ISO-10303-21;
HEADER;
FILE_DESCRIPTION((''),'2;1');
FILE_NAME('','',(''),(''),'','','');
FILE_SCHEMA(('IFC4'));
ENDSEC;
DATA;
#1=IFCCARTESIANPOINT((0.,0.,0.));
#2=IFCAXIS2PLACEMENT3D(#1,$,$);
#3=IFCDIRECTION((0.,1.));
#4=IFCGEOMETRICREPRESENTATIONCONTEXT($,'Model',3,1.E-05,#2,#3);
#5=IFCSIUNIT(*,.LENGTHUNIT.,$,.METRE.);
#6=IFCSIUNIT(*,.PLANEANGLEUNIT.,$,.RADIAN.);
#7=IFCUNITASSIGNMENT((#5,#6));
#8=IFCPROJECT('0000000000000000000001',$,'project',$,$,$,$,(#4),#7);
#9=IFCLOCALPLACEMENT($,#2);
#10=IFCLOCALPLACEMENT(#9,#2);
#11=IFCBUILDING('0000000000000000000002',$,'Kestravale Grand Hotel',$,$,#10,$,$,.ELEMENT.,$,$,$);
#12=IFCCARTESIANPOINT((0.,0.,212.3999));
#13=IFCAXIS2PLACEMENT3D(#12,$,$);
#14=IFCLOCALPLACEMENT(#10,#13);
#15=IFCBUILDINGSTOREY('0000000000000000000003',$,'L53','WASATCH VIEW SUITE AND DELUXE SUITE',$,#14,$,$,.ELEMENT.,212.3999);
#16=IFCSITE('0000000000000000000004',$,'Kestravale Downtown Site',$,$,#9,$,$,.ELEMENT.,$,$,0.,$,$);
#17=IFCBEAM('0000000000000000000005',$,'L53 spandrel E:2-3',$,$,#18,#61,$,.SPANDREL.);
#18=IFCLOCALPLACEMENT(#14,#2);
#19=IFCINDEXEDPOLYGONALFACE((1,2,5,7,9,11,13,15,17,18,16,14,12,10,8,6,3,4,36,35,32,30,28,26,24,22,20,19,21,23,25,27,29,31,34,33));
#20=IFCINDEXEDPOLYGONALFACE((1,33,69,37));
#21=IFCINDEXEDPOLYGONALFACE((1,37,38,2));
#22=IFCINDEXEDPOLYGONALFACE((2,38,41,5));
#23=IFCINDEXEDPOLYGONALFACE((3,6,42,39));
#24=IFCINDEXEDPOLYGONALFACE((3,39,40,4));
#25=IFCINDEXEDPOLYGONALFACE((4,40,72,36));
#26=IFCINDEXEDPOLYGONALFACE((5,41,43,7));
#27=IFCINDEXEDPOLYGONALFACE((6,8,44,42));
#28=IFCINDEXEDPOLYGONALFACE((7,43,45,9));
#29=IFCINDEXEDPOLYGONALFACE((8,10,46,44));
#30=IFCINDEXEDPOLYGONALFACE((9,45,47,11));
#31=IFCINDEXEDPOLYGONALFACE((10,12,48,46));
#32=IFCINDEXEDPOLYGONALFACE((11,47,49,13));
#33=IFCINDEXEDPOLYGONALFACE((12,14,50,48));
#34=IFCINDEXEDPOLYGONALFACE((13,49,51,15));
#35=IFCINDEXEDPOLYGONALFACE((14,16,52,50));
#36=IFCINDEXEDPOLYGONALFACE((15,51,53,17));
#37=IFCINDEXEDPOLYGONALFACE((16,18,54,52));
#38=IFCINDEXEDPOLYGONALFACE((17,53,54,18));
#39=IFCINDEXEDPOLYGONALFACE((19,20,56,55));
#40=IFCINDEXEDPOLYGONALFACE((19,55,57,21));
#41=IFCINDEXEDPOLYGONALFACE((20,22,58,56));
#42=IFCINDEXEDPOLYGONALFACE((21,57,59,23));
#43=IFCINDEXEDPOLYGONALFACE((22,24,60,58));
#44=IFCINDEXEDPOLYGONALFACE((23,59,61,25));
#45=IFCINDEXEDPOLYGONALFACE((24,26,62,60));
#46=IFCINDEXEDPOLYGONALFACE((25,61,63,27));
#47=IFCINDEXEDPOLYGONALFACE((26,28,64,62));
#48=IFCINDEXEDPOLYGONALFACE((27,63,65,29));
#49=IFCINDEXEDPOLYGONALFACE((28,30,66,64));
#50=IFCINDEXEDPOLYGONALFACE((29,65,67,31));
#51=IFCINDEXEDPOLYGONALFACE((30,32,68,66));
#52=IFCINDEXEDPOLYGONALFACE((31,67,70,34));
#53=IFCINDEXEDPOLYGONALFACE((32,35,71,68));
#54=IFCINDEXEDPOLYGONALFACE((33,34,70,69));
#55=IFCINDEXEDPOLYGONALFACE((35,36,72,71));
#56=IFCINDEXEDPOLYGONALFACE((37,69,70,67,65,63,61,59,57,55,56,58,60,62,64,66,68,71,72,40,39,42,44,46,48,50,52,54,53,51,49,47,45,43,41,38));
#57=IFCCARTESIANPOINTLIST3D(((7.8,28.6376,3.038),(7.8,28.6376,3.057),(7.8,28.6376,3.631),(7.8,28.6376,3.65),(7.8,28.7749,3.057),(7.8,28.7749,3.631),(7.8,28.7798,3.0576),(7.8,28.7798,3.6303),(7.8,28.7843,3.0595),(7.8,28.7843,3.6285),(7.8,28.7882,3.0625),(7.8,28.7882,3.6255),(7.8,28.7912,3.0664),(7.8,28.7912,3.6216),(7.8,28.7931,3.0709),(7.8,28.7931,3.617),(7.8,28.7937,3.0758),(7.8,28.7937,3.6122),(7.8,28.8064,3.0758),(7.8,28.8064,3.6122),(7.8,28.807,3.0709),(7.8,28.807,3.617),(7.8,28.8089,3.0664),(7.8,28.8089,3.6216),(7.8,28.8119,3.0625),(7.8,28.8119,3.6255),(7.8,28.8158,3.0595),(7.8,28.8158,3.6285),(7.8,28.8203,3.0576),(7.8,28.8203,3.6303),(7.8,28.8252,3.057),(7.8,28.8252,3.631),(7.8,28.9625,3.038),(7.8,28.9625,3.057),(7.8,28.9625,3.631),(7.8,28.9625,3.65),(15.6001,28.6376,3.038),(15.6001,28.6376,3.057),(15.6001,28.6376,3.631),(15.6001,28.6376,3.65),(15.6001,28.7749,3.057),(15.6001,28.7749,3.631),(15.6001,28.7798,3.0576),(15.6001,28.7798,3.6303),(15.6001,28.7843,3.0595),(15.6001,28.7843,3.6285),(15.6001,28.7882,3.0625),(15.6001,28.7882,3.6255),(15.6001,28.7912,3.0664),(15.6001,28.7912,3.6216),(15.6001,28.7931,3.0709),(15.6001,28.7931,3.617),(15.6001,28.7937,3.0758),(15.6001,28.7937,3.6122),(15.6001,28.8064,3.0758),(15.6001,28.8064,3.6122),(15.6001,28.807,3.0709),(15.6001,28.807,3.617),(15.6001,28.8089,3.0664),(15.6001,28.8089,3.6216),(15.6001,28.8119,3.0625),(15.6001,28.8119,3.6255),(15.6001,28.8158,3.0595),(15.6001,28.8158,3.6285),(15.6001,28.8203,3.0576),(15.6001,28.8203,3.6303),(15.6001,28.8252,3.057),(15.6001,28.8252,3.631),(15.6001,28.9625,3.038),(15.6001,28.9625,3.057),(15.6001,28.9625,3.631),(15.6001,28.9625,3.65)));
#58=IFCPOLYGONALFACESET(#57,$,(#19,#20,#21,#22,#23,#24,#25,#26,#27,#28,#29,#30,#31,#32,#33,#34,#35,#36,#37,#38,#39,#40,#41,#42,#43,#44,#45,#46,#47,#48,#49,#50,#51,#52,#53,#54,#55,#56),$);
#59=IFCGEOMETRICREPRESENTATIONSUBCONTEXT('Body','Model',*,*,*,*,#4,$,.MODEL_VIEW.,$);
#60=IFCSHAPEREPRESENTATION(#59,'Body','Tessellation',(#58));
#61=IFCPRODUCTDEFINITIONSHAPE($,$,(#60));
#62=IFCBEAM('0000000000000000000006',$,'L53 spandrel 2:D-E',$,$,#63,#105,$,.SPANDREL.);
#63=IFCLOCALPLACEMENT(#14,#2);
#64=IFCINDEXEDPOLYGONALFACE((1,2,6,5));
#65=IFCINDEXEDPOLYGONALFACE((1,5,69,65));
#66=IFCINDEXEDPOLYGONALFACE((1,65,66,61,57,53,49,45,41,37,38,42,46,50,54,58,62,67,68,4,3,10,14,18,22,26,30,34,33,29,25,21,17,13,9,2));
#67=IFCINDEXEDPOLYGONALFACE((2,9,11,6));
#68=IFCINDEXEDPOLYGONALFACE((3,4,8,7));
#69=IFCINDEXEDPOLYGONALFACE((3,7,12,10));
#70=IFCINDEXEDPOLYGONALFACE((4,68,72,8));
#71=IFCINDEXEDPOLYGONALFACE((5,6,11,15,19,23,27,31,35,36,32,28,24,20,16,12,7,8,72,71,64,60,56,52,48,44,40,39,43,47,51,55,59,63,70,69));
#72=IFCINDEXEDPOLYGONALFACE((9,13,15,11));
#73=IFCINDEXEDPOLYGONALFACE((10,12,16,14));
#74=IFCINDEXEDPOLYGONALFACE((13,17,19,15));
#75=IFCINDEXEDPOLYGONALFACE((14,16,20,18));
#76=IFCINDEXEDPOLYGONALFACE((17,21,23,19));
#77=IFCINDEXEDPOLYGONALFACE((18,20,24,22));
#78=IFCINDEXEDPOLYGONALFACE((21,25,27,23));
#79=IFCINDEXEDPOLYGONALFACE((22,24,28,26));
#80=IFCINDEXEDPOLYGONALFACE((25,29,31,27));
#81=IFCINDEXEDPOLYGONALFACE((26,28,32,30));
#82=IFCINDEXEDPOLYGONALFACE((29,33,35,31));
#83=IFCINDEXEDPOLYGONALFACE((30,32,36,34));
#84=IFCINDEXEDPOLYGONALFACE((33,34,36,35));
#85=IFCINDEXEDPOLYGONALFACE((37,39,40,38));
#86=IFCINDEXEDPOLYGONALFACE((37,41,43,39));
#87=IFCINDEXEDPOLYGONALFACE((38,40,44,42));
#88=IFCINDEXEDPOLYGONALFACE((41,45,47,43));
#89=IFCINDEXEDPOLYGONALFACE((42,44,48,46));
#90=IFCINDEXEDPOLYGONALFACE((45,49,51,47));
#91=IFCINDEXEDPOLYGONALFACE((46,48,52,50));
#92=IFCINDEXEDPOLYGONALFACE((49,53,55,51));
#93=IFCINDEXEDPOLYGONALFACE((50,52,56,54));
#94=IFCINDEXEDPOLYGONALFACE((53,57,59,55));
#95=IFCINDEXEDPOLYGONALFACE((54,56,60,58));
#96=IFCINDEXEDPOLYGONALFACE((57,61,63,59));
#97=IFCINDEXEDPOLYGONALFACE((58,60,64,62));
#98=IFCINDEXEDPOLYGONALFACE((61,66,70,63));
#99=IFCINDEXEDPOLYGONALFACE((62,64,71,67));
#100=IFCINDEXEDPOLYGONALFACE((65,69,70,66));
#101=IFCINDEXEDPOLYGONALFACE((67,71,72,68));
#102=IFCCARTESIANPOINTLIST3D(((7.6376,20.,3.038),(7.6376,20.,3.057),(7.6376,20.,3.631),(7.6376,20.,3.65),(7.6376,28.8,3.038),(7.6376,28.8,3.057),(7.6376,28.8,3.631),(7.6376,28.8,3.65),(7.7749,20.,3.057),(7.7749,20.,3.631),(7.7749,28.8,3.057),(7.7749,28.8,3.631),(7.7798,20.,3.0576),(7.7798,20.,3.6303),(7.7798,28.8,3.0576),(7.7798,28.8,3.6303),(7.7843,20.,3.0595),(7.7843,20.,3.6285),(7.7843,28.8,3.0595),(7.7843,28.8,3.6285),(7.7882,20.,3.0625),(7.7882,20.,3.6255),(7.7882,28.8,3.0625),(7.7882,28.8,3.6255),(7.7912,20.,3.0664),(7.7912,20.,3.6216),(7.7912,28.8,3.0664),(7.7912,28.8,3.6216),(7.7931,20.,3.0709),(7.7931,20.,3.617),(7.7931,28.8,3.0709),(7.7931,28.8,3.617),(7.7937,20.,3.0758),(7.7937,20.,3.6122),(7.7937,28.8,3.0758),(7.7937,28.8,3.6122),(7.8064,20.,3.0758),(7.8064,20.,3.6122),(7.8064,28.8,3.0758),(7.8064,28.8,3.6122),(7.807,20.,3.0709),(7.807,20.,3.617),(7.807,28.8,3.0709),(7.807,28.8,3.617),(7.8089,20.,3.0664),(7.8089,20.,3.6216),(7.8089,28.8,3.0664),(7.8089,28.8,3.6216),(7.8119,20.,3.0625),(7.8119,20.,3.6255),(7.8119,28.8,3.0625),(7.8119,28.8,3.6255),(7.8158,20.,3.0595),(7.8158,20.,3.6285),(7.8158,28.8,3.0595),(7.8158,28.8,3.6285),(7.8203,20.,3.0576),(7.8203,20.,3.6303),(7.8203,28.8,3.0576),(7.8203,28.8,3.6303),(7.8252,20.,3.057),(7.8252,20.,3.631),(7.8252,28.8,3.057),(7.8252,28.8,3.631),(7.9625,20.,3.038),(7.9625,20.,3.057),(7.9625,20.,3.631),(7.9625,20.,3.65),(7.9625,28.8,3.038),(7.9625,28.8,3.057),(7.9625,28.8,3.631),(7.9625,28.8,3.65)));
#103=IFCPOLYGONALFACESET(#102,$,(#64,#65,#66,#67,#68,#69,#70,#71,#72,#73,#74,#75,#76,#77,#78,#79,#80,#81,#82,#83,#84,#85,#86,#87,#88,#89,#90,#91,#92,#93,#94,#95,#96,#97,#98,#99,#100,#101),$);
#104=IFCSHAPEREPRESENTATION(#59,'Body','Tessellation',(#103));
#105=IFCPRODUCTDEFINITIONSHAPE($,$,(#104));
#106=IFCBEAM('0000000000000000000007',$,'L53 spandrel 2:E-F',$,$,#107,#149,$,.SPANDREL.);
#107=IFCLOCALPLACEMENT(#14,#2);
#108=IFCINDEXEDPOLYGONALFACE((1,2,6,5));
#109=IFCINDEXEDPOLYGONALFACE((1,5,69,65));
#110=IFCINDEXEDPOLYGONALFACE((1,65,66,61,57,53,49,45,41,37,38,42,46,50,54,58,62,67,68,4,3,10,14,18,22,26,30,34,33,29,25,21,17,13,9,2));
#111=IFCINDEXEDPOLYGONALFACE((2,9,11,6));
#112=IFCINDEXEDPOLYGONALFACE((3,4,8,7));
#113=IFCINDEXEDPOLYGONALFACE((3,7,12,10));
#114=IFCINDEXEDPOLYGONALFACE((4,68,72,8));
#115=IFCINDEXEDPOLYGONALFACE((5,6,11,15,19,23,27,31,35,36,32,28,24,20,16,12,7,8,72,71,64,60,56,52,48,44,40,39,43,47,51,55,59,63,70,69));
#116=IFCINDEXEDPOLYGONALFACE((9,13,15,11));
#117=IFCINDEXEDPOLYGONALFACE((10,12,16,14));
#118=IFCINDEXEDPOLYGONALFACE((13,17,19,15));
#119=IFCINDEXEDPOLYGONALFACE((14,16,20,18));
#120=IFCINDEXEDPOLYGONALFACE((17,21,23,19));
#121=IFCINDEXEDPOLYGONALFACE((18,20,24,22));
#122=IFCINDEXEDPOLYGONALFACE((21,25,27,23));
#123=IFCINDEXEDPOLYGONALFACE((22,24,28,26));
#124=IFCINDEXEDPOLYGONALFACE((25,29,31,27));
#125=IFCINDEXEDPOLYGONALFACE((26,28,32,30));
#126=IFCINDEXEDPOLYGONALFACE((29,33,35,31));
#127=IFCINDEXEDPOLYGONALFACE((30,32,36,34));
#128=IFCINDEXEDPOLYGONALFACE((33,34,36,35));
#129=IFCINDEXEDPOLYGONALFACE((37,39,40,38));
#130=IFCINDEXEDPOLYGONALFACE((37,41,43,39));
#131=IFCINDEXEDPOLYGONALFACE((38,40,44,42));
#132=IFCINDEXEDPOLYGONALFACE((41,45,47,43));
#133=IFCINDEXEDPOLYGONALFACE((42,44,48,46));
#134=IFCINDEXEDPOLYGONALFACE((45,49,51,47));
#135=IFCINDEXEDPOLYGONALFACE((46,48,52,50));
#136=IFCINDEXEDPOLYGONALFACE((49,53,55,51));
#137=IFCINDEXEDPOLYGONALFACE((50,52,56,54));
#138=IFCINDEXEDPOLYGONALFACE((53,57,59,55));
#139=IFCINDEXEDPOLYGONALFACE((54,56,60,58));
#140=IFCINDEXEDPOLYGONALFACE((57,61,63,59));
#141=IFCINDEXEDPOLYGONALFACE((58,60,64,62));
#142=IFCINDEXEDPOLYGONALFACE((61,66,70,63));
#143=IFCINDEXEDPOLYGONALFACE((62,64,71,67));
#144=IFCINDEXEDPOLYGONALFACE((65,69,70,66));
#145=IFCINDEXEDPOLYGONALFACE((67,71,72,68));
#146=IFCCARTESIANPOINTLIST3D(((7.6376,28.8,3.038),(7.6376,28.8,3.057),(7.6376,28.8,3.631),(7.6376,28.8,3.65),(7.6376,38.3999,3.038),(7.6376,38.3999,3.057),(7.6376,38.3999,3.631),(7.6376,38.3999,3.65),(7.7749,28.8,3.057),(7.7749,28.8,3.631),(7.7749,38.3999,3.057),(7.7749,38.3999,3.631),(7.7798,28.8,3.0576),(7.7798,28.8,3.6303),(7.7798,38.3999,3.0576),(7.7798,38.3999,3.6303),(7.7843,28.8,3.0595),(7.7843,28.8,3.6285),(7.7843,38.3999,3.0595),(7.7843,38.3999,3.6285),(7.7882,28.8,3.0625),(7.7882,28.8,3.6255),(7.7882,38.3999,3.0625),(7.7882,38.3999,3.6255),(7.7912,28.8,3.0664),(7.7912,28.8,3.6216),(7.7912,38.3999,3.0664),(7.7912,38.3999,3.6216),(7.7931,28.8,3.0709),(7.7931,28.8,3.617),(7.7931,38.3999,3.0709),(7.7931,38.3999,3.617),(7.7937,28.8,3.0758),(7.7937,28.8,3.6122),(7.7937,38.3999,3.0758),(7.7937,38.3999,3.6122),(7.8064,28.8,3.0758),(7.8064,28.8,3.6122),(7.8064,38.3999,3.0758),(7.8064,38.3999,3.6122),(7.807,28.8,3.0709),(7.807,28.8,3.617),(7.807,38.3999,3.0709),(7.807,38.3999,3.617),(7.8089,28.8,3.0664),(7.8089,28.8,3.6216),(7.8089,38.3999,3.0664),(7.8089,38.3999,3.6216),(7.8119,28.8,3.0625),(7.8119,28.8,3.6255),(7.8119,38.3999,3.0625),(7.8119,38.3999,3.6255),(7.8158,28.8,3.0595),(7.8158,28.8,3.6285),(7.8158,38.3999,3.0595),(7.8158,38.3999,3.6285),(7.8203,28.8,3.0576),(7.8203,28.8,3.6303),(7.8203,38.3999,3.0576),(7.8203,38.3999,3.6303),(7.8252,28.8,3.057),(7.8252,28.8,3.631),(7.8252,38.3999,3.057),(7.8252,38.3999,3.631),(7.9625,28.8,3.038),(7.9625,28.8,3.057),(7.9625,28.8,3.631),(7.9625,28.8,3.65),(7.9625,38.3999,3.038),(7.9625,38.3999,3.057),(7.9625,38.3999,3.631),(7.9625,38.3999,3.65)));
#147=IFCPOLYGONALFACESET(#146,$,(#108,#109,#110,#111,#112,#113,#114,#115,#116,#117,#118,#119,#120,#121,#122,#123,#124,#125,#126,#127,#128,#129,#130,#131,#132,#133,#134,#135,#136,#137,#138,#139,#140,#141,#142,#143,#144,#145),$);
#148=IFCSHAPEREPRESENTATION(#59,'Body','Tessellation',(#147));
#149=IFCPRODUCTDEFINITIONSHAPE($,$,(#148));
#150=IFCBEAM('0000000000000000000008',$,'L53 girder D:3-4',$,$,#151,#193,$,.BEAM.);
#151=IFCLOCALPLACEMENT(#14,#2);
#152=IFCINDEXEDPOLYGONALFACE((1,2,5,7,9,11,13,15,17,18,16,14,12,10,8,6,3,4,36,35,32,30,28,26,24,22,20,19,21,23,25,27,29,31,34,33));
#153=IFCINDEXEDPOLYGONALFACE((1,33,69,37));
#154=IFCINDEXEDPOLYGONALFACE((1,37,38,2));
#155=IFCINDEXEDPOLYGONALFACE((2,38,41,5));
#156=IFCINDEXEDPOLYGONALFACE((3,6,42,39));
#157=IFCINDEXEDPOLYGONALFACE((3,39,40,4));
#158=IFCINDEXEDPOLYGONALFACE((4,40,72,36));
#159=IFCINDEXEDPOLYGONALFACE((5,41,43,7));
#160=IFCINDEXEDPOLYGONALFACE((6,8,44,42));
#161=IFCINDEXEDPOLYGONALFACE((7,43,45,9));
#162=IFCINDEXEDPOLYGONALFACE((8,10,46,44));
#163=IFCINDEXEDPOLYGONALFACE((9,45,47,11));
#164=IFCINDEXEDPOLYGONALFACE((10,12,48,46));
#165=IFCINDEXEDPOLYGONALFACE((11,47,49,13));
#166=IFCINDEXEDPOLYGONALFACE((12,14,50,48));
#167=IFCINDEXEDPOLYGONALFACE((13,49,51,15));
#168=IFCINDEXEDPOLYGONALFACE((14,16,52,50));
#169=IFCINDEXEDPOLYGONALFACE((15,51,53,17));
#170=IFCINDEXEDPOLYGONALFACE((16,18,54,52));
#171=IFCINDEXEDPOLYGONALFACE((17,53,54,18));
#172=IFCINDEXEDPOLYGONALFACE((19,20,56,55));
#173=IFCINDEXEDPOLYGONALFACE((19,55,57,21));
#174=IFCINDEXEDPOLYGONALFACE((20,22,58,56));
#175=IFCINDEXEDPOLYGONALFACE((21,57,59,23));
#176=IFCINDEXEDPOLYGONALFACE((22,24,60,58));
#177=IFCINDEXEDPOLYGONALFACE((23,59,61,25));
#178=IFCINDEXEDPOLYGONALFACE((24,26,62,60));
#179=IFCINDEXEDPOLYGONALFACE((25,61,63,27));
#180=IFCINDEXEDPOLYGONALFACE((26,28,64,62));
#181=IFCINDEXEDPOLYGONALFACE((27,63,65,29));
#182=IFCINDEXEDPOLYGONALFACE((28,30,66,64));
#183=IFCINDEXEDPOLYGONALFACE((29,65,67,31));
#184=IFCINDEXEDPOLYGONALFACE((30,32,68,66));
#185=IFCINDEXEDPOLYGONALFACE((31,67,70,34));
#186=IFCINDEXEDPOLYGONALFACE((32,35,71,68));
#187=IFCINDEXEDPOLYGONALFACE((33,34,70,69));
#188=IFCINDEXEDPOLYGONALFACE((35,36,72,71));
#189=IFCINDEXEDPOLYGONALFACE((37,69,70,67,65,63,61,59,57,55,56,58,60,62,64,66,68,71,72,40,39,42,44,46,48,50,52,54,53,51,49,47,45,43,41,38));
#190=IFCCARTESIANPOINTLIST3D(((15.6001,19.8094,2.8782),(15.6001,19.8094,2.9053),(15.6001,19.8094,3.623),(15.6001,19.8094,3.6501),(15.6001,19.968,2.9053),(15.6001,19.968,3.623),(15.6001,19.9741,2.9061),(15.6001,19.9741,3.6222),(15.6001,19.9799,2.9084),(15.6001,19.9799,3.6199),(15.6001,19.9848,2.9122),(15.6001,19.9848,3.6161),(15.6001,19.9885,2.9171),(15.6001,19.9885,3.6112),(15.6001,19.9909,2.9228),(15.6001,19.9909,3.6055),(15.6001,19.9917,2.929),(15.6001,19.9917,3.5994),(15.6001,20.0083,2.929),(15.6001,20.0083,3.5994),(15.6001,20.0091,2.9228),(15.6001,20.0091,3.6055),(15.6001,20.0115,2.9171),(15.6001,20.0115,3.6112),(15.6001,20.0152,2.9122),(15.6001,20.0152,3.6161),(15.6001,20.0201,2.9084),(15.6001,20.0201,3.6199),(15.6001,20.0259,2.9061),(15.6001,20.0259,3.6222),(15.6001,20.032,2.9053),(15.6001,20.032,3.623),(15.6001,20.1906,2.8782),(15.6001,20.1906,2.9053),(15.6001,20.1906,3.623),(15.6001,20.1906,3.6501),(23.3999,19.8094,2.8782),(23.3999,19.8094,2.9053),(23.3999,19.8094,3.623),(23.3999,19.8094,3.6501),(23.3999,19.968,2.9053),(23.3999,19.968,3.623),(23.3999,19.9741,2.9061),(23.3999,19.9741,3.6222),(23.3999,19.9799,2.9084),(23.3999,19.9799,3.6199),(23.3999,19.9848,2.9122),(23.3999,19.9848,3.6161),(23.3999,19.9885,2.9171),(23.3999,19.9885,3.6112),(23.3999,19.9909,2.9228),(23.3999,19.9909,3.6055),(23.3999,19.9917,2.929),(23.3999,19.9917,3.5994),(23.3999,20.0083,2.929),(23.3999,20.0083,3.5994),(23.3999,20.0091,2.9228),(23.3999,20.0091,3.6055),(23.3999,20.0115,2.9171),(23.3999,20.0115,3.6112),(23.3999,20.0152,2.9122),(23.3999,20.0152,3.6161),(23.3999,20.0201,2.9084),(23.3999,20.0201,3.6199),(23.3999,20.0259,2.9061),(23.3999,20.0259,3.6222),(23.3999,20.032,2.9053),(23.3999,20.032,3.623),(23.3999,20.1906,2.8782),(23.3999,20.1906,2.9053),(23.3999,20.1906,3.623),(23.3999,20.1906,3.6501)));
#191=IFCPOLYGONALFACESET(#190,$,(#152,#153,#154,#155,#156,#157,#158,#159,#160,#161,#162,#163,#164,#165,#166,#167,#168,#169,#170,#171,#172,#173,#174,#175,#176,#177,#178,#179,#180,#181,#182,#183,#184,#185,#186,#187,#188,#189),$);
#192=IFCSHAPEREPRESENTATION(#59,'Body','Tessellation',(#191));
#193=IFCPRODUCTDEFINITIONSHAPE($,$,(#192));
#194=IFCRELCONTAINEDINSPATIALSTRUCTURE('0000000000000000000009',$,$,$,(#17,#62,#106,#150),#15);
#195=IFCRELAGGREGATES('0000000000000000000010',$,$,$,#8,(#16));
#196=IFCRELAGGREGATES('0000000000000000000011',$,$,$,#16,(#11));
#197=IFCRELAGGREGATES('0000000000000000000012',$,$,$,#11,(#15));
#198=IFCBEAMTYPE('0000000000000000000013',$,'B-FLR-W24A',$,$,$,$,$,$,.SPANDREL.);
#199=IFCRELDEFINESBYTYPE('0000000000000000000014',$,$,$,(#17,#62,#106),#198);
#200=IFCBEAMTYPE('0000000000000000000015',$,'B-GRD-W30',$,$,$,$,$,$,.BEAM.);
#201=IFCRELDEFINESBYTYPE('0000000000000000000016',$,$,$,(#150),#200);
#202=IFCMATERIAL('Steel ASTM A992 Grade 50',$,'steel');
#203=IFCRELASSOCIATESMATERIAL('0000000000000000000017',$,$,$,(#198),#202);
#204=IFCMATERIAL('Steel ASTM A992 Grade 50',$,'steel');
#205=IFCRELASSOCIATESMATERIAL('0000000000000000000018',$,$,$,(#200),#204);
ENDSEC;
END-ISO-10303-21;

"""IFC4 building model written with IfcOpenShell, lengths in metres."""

from ifc_helpers import new_model, si_unit, direction, frame, origin, origin_2d, place, context, subcontext, project, spatial, i_section, extrude, material, material_profile, profile_set, type_object, element, save


model = new_model("IFC4")

# Units and contexts
model_context = context("Model", 3, precision=1e-05, world=origin(), true_north=direction((0.0, 1.0)))
body_context = subcontext(model_context, "Body", "Model", "MODEL_VIEW")
ifc_project = project(units=[si_unit("LENGTHUNIT", "METRE"), si_unit("PLANEANGLEUNIT", "RADIAN")], contexts=[model_context])

# Site, building, storey
site_placement = place(None, origin())
site = spatial("IfcSite", under=ifc_project, at=site_placement, Name="Kestravale Downtown Site", CompositionType="ELEMENT", RefElevation=0.0)
building_placement = place(site_placement, origin())
building = spatial("IfcBuilding", under=site, at=building_placement, Name="Kestravale Grand Hotel", CompositionType="ELEMENT")
storey_placement = place(building_placement, frame((0.0, 0.0, 212.3999)))
storey = spatial("IfcBuildingStorey", under=building, at=storey_placement, Name="L53", Description="WASATCH VIEW SUITE AND DELUXE SUITE", CompositionType="ELEMENT", Elevation=212.3999)

# Beams
ifc_material_1 = material(Name="Steel ASTM A992 Grade 50", Category="steel")
ifc_material_profile_1 = material_profile(ifc_material_1, i_section(OverallWidth=0.325, OverallDepth=0.6121, WebThickness=0.0127, FlangeThickness=0.019, FilletRadius=0.0188, at=origin_2d()))
ifc_profile_set_1 = profile_set([ifc_material_profile_1], Name="Steel ASTM A992 Grade 50")
beam_type_1 = type_object("IfcBeamType", Name="B-FLR-W24A", PredefinedType="SPANDREL", material=ifc_profile_set_1)
for number, where, z_axis, x_axis, name in (
    (1, (7.8, 28.8, 3.344), (1.0, 0.0, 0.0), (0.0, 1.0, 0.0), "L53 spandrel E:2-3"),
):
    element("IfcBeam", number, at=place(storey_placement, frame(where, z_axis=z_axis, x_axis=x_axis)), inside=storey, type_object=beam_type_1, Name=name, PredefinedType="SPANDREL", context=body_context, shape_type="SweptSolid", body=[
        extrude(i_section(OverallWidth=0.325, OverallDepth=0.6121, WebThickness=0.0127, FlangeThickness=0.019, FilletRadius=0.0188, at=origin_2d()), origin(), (0.0, 0.0, 1.0), 7.8),
    ])
beam_1_placement = place(storey_placement, frame((7.8, 20.0, 3.344), z_axis=(0.0, 1.0, 0.0), x_axis=(-1.0, 0.0, 0.0)))
element("IfcBeam", 2, at=beam_1_placement, inside=storey, type_object=beam_type_1, Name="L53 spandrel 2:D-E", PredefinedType="SPANDREL", context=body_context, shape_type="SweptSolid", body=[
    extrude(i_section(OverallWidth=0.325, OverallDepth=0.6121, WebThickness=0.0127, FlangeThickness=0.019, FilletRadius=0.0188, at=origin_2d()), origin(), (0.0, 0.0, 1.0), 8.8),
])
beam_2_placement = place(storey_placement, frame((7.8, 28.8, 3.344), z_axis=(0.0, 1.0, 0.0), x_axis=(-1.0, 0.0, 0.0)))
element("IfcBeam", 3, at=beam_2_placement, inside=storey, type_object=beam_type_1, Name="L53 spandrel 2:E-F", PredefinedType="SPANDREL", context=body_context, shape_type="SweptSolid", body=[
    extrude(i_section(OverallWidth=0.325, OverallDepth=0.6121, WebThickness=0.0127, FlangeThickness=0.019, FilletRadius=0.0188, at=origin_2d()), origin(), (0.0, 0.0, 1.0), 9.5999),
])
ifc_material_2 = material(Name="Steel ASTM A992 Grade 50", Category="steel")
ifc_material_profile_2 = material_profile(ifc_material_2, i_section(OverallWidth=0.3811, OverallDepth=0.772, WebThickness=0.0166, FlangeThickness=0.0271, FilletRadius=0.0237, at=origin_2d()))
ifc_profile_set_2 = profile_set([ifc_material_profile_2], Name="Steel ASTM A992 Grade 50")
beam_type_2 = type_object("IfcBeamType", Name="B-GRD-W30", PredefinedType="BEAM", material=ifc_profile_set_2)
beam_3_placement = place(storey_placement, frame((15.6001, 20.0, 3.2642), z_axis=(1.0, 0.0, 0.0), x_axis=(0.0, 1.0, 0.0)))
element("IfcBeam", 4, at=beam_3_placement, inside=storey, type_object=beam_type_2, Name="L53 girder D:3-4", PredefinedType="BEAM", context=body_context, shape_type="SweptSolid", body=[
    extrude(i_section(OverallWidth=0.3811, OverallDepth=0.772, WebThickness=0.0166, FlangeThickness=0.0271, FilletRadius=0.0237, at=origin_2d()), origin(), (0.0, 0.0, 1.0), 7.7998),
])

save(model, "model.ifc")
